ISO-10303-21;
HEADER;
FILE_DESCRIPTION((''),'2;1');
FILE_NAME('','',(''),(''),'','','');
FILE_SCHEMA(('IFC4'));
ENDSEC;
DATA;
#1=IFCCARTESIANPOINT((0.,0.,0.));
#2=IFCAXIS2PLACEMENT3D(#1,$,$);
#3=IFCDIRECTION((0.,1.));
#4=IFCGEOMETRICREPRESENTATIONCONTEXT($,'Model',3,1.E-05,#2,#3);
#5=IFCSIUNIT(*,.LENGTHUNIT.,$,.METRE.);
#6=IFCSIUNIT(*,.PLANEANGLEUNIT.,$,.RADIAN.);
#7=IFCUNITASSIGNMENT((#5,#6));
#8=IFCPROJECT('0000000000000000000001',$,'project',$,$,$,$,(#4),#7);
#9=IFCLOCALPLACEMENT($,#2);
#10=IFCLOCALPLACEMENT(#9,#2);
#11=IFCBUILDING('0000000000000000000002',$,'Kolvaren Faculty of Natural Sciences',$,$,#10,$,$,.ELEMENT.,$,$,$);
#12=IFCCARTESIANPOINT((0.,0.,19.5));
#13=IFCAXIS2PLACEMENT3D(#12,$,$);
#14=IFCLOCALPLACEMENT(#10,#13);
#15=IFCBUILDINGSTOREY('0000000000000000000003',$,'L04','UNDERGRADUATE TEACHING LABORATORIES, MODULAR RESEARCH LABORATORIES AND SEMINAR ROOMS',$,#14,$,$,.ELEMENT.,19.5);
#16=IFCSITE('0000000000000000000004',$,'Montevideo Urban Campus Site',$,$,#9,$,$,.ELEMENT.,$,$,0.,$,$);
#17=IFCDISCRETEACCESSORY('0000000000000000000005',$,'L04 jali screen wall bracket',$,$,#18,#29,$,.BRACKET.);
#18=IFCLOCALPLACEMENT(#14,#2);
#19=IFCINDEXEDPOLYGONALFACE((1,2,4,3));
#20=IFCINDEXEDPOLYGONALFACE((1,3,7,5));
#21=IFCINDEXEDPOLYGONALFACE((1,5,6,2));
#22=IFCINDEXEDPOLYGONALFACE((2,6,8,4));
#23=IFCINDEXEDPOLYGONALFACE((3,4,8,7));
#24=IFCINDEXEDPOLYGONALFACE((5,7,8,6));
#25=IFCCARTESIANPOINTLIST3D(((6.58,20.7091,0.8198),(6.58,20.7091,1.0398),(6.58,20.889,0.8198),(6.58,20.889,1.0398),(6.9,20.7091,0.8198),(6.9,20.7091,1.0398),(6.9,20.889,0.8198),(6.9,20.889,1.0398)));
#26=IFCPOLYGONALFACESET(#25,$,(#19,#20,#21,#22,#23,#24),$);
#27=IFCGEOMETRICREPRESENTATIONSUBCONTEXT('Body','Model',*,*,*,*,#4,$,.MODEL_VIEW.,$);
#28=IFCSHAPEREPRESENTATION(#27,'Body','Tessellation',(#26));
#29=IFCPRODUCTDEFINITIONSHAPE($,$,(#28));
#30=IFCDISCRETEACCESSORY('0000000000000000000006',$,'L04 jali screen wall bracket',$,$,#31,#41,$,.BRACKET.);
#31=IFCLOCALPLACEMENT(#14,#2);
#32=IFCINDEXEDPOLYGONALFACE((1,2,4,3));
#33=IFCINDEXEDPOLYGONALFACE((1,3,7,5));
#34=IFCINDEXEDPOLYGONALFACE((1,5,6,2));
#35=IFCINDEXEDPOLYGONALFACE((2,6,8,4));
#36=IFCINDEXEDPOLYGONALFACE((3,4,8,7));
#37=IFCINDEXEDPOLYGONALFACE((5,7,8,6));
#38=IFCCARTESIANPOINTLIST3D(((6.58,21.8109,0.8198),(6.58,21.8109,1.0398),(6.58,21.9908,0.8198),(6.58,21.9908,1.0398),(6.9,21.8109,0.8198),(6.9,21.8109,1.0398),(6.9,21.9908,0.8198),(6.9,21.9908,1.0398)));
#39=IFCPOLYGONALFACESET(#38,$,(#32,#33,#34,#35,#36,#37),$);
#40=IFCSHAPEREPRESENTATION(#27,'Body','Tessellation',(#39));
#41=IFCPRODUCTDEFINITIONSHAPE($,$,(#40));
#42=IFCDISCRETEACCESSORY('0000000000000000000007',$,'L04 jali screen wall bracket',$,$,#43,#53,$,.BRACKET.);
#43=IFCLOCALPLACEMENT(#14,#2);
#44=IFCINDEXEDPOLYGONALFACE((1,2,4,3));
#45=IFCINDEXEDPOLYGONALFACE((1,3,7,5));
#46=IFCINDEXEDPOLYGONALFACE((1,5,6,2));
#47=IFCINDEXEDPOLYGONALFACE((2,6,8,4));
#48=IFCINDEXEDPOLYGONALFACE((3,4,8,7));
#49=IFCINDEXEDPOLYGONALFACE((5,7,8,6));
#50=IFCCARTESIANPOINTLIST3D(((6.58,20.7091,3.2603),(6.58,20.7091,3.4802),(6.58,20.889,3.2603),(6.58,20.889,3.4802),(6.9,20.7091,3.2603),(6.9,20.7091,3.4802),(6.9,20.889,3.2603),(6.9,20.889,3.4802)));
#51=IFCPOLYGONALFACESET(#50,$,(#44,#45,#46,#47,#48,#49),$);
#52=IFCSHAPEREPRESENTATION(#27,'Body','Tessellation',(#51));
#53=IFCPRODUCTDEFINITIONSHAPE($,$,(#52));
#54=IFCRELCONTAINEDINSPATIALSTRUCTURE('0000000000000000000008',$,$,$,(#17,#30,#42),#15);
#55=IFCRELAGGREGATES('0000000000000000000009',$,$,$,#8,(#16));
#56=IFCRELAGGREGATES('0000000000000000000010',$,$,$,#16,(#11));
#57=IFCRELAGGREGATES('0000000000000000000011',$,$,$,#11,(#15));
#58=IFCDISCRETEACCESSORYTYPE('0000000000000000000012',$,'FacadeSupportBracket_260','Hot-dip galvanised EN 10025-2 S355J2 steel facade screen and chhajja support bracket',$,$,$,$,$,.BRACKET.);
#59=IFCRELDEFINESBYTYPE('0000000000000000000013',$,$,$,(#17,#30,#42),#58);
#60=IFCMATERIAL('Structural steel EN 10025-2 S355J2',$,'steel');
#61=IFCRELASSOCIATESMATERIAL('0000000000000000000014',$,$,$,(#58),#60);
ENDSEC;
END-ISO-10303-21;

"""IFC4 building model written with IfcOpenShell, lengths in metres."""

from ifc_helpers import new_model, si_unit, direction, frame, origin, origin_2d, place, context, subcontext, project, spatial, rectangle, extrude, material, type_object, element, save


model = new_model("IFC4")

# Units and contexts
model_context = context("Model", 3, precision=1e-05, world=origin(), true_north=direction((0.0, 1.0)))
body_context = subcontext(model_context, "Body", "Model", "MODEL_VIEW")
ifc_project = project(units=[si_unit("LENGTHUNIT", "METRE"), si_unit("PLANEANGLEUNIT", "RADIAN")], contexts=[model_context])

# Site, building, storey
site_placement = place(None, origin())
site = spatial("IfcSite", under=ifc_project, at=site_placement, Name="Montevideo Urban Campus Site", CompositionType="ELEMENT", RefElevation=0.0)
building_placement = place(site_placement, origin())
building = spatial("IfcBuilding", under=site, at=building_placement, Name="Kolvaren Faculty of Natural Sciences", CompositionType="ELEMENT")
storey_placement = place(building_placement, frame((0.0, 0.0, 19.5)))
storey = spatial("IfcBuildingStorey", under=building, at=storey_placement, Name="L04", Description="UNDERGRADUATE TEACHING LABORATORIES, MODULAR RESEARCH LABORATORIES AND SEMINAR ROOMS", CompositionType="ELEMENT", Elevation=19.5)

# Discrete accessories
ifc_material_1 = material(Name="Structural steel EN 10025-2 S355J2", Category="steel")
discrete_accessory_type = type_object("IfcDiscreteAccessoryType", Name="FacadeSupportBracket_260", Description="Hot-dip galvanised EN 10025-2 S355J2 steel facade screen and chhajja support bracket", PredefinedType="BRACKET", material=ifc_material_1)
for number, where, z_axis, x_axis, name in (
    (1, (6.74, 20.7991, 0.8198), (0.0, 0.0, 1.0), (0.0, 1.0, 0.0), "L04 jali screen wall bracket"),
    (2, (6.74, 21.9009, 0.8198), (0.0, 0.0, 1.0), (0.0, 1.0, 0.0), "L04 jali screen wall bracket"),
    (3, (6.74, 20.7991, 3.2603), (0.0, 0.0, 1.0), (0.0, 1.0, 0.0), "L04 jali screen wall bracket"),
):
    element("IfcDiscreteAccessory", number, at=place(storey_placement, frame(where, z_axis=z_axis, x_axis=x_axis)), inside=storey, type_object=discrete_accessory_type, Name=name, PredefinedType="BRACKET", context=body_context, shape_type="SweptSolid", body=[
        extrude(rectangle(XDim=0.1799, YDim=0.3201, at=origin_2d()), origin(), (0.0, 0.0, 1.0), 0.22),
    ])

save(model, "model.ifc")
